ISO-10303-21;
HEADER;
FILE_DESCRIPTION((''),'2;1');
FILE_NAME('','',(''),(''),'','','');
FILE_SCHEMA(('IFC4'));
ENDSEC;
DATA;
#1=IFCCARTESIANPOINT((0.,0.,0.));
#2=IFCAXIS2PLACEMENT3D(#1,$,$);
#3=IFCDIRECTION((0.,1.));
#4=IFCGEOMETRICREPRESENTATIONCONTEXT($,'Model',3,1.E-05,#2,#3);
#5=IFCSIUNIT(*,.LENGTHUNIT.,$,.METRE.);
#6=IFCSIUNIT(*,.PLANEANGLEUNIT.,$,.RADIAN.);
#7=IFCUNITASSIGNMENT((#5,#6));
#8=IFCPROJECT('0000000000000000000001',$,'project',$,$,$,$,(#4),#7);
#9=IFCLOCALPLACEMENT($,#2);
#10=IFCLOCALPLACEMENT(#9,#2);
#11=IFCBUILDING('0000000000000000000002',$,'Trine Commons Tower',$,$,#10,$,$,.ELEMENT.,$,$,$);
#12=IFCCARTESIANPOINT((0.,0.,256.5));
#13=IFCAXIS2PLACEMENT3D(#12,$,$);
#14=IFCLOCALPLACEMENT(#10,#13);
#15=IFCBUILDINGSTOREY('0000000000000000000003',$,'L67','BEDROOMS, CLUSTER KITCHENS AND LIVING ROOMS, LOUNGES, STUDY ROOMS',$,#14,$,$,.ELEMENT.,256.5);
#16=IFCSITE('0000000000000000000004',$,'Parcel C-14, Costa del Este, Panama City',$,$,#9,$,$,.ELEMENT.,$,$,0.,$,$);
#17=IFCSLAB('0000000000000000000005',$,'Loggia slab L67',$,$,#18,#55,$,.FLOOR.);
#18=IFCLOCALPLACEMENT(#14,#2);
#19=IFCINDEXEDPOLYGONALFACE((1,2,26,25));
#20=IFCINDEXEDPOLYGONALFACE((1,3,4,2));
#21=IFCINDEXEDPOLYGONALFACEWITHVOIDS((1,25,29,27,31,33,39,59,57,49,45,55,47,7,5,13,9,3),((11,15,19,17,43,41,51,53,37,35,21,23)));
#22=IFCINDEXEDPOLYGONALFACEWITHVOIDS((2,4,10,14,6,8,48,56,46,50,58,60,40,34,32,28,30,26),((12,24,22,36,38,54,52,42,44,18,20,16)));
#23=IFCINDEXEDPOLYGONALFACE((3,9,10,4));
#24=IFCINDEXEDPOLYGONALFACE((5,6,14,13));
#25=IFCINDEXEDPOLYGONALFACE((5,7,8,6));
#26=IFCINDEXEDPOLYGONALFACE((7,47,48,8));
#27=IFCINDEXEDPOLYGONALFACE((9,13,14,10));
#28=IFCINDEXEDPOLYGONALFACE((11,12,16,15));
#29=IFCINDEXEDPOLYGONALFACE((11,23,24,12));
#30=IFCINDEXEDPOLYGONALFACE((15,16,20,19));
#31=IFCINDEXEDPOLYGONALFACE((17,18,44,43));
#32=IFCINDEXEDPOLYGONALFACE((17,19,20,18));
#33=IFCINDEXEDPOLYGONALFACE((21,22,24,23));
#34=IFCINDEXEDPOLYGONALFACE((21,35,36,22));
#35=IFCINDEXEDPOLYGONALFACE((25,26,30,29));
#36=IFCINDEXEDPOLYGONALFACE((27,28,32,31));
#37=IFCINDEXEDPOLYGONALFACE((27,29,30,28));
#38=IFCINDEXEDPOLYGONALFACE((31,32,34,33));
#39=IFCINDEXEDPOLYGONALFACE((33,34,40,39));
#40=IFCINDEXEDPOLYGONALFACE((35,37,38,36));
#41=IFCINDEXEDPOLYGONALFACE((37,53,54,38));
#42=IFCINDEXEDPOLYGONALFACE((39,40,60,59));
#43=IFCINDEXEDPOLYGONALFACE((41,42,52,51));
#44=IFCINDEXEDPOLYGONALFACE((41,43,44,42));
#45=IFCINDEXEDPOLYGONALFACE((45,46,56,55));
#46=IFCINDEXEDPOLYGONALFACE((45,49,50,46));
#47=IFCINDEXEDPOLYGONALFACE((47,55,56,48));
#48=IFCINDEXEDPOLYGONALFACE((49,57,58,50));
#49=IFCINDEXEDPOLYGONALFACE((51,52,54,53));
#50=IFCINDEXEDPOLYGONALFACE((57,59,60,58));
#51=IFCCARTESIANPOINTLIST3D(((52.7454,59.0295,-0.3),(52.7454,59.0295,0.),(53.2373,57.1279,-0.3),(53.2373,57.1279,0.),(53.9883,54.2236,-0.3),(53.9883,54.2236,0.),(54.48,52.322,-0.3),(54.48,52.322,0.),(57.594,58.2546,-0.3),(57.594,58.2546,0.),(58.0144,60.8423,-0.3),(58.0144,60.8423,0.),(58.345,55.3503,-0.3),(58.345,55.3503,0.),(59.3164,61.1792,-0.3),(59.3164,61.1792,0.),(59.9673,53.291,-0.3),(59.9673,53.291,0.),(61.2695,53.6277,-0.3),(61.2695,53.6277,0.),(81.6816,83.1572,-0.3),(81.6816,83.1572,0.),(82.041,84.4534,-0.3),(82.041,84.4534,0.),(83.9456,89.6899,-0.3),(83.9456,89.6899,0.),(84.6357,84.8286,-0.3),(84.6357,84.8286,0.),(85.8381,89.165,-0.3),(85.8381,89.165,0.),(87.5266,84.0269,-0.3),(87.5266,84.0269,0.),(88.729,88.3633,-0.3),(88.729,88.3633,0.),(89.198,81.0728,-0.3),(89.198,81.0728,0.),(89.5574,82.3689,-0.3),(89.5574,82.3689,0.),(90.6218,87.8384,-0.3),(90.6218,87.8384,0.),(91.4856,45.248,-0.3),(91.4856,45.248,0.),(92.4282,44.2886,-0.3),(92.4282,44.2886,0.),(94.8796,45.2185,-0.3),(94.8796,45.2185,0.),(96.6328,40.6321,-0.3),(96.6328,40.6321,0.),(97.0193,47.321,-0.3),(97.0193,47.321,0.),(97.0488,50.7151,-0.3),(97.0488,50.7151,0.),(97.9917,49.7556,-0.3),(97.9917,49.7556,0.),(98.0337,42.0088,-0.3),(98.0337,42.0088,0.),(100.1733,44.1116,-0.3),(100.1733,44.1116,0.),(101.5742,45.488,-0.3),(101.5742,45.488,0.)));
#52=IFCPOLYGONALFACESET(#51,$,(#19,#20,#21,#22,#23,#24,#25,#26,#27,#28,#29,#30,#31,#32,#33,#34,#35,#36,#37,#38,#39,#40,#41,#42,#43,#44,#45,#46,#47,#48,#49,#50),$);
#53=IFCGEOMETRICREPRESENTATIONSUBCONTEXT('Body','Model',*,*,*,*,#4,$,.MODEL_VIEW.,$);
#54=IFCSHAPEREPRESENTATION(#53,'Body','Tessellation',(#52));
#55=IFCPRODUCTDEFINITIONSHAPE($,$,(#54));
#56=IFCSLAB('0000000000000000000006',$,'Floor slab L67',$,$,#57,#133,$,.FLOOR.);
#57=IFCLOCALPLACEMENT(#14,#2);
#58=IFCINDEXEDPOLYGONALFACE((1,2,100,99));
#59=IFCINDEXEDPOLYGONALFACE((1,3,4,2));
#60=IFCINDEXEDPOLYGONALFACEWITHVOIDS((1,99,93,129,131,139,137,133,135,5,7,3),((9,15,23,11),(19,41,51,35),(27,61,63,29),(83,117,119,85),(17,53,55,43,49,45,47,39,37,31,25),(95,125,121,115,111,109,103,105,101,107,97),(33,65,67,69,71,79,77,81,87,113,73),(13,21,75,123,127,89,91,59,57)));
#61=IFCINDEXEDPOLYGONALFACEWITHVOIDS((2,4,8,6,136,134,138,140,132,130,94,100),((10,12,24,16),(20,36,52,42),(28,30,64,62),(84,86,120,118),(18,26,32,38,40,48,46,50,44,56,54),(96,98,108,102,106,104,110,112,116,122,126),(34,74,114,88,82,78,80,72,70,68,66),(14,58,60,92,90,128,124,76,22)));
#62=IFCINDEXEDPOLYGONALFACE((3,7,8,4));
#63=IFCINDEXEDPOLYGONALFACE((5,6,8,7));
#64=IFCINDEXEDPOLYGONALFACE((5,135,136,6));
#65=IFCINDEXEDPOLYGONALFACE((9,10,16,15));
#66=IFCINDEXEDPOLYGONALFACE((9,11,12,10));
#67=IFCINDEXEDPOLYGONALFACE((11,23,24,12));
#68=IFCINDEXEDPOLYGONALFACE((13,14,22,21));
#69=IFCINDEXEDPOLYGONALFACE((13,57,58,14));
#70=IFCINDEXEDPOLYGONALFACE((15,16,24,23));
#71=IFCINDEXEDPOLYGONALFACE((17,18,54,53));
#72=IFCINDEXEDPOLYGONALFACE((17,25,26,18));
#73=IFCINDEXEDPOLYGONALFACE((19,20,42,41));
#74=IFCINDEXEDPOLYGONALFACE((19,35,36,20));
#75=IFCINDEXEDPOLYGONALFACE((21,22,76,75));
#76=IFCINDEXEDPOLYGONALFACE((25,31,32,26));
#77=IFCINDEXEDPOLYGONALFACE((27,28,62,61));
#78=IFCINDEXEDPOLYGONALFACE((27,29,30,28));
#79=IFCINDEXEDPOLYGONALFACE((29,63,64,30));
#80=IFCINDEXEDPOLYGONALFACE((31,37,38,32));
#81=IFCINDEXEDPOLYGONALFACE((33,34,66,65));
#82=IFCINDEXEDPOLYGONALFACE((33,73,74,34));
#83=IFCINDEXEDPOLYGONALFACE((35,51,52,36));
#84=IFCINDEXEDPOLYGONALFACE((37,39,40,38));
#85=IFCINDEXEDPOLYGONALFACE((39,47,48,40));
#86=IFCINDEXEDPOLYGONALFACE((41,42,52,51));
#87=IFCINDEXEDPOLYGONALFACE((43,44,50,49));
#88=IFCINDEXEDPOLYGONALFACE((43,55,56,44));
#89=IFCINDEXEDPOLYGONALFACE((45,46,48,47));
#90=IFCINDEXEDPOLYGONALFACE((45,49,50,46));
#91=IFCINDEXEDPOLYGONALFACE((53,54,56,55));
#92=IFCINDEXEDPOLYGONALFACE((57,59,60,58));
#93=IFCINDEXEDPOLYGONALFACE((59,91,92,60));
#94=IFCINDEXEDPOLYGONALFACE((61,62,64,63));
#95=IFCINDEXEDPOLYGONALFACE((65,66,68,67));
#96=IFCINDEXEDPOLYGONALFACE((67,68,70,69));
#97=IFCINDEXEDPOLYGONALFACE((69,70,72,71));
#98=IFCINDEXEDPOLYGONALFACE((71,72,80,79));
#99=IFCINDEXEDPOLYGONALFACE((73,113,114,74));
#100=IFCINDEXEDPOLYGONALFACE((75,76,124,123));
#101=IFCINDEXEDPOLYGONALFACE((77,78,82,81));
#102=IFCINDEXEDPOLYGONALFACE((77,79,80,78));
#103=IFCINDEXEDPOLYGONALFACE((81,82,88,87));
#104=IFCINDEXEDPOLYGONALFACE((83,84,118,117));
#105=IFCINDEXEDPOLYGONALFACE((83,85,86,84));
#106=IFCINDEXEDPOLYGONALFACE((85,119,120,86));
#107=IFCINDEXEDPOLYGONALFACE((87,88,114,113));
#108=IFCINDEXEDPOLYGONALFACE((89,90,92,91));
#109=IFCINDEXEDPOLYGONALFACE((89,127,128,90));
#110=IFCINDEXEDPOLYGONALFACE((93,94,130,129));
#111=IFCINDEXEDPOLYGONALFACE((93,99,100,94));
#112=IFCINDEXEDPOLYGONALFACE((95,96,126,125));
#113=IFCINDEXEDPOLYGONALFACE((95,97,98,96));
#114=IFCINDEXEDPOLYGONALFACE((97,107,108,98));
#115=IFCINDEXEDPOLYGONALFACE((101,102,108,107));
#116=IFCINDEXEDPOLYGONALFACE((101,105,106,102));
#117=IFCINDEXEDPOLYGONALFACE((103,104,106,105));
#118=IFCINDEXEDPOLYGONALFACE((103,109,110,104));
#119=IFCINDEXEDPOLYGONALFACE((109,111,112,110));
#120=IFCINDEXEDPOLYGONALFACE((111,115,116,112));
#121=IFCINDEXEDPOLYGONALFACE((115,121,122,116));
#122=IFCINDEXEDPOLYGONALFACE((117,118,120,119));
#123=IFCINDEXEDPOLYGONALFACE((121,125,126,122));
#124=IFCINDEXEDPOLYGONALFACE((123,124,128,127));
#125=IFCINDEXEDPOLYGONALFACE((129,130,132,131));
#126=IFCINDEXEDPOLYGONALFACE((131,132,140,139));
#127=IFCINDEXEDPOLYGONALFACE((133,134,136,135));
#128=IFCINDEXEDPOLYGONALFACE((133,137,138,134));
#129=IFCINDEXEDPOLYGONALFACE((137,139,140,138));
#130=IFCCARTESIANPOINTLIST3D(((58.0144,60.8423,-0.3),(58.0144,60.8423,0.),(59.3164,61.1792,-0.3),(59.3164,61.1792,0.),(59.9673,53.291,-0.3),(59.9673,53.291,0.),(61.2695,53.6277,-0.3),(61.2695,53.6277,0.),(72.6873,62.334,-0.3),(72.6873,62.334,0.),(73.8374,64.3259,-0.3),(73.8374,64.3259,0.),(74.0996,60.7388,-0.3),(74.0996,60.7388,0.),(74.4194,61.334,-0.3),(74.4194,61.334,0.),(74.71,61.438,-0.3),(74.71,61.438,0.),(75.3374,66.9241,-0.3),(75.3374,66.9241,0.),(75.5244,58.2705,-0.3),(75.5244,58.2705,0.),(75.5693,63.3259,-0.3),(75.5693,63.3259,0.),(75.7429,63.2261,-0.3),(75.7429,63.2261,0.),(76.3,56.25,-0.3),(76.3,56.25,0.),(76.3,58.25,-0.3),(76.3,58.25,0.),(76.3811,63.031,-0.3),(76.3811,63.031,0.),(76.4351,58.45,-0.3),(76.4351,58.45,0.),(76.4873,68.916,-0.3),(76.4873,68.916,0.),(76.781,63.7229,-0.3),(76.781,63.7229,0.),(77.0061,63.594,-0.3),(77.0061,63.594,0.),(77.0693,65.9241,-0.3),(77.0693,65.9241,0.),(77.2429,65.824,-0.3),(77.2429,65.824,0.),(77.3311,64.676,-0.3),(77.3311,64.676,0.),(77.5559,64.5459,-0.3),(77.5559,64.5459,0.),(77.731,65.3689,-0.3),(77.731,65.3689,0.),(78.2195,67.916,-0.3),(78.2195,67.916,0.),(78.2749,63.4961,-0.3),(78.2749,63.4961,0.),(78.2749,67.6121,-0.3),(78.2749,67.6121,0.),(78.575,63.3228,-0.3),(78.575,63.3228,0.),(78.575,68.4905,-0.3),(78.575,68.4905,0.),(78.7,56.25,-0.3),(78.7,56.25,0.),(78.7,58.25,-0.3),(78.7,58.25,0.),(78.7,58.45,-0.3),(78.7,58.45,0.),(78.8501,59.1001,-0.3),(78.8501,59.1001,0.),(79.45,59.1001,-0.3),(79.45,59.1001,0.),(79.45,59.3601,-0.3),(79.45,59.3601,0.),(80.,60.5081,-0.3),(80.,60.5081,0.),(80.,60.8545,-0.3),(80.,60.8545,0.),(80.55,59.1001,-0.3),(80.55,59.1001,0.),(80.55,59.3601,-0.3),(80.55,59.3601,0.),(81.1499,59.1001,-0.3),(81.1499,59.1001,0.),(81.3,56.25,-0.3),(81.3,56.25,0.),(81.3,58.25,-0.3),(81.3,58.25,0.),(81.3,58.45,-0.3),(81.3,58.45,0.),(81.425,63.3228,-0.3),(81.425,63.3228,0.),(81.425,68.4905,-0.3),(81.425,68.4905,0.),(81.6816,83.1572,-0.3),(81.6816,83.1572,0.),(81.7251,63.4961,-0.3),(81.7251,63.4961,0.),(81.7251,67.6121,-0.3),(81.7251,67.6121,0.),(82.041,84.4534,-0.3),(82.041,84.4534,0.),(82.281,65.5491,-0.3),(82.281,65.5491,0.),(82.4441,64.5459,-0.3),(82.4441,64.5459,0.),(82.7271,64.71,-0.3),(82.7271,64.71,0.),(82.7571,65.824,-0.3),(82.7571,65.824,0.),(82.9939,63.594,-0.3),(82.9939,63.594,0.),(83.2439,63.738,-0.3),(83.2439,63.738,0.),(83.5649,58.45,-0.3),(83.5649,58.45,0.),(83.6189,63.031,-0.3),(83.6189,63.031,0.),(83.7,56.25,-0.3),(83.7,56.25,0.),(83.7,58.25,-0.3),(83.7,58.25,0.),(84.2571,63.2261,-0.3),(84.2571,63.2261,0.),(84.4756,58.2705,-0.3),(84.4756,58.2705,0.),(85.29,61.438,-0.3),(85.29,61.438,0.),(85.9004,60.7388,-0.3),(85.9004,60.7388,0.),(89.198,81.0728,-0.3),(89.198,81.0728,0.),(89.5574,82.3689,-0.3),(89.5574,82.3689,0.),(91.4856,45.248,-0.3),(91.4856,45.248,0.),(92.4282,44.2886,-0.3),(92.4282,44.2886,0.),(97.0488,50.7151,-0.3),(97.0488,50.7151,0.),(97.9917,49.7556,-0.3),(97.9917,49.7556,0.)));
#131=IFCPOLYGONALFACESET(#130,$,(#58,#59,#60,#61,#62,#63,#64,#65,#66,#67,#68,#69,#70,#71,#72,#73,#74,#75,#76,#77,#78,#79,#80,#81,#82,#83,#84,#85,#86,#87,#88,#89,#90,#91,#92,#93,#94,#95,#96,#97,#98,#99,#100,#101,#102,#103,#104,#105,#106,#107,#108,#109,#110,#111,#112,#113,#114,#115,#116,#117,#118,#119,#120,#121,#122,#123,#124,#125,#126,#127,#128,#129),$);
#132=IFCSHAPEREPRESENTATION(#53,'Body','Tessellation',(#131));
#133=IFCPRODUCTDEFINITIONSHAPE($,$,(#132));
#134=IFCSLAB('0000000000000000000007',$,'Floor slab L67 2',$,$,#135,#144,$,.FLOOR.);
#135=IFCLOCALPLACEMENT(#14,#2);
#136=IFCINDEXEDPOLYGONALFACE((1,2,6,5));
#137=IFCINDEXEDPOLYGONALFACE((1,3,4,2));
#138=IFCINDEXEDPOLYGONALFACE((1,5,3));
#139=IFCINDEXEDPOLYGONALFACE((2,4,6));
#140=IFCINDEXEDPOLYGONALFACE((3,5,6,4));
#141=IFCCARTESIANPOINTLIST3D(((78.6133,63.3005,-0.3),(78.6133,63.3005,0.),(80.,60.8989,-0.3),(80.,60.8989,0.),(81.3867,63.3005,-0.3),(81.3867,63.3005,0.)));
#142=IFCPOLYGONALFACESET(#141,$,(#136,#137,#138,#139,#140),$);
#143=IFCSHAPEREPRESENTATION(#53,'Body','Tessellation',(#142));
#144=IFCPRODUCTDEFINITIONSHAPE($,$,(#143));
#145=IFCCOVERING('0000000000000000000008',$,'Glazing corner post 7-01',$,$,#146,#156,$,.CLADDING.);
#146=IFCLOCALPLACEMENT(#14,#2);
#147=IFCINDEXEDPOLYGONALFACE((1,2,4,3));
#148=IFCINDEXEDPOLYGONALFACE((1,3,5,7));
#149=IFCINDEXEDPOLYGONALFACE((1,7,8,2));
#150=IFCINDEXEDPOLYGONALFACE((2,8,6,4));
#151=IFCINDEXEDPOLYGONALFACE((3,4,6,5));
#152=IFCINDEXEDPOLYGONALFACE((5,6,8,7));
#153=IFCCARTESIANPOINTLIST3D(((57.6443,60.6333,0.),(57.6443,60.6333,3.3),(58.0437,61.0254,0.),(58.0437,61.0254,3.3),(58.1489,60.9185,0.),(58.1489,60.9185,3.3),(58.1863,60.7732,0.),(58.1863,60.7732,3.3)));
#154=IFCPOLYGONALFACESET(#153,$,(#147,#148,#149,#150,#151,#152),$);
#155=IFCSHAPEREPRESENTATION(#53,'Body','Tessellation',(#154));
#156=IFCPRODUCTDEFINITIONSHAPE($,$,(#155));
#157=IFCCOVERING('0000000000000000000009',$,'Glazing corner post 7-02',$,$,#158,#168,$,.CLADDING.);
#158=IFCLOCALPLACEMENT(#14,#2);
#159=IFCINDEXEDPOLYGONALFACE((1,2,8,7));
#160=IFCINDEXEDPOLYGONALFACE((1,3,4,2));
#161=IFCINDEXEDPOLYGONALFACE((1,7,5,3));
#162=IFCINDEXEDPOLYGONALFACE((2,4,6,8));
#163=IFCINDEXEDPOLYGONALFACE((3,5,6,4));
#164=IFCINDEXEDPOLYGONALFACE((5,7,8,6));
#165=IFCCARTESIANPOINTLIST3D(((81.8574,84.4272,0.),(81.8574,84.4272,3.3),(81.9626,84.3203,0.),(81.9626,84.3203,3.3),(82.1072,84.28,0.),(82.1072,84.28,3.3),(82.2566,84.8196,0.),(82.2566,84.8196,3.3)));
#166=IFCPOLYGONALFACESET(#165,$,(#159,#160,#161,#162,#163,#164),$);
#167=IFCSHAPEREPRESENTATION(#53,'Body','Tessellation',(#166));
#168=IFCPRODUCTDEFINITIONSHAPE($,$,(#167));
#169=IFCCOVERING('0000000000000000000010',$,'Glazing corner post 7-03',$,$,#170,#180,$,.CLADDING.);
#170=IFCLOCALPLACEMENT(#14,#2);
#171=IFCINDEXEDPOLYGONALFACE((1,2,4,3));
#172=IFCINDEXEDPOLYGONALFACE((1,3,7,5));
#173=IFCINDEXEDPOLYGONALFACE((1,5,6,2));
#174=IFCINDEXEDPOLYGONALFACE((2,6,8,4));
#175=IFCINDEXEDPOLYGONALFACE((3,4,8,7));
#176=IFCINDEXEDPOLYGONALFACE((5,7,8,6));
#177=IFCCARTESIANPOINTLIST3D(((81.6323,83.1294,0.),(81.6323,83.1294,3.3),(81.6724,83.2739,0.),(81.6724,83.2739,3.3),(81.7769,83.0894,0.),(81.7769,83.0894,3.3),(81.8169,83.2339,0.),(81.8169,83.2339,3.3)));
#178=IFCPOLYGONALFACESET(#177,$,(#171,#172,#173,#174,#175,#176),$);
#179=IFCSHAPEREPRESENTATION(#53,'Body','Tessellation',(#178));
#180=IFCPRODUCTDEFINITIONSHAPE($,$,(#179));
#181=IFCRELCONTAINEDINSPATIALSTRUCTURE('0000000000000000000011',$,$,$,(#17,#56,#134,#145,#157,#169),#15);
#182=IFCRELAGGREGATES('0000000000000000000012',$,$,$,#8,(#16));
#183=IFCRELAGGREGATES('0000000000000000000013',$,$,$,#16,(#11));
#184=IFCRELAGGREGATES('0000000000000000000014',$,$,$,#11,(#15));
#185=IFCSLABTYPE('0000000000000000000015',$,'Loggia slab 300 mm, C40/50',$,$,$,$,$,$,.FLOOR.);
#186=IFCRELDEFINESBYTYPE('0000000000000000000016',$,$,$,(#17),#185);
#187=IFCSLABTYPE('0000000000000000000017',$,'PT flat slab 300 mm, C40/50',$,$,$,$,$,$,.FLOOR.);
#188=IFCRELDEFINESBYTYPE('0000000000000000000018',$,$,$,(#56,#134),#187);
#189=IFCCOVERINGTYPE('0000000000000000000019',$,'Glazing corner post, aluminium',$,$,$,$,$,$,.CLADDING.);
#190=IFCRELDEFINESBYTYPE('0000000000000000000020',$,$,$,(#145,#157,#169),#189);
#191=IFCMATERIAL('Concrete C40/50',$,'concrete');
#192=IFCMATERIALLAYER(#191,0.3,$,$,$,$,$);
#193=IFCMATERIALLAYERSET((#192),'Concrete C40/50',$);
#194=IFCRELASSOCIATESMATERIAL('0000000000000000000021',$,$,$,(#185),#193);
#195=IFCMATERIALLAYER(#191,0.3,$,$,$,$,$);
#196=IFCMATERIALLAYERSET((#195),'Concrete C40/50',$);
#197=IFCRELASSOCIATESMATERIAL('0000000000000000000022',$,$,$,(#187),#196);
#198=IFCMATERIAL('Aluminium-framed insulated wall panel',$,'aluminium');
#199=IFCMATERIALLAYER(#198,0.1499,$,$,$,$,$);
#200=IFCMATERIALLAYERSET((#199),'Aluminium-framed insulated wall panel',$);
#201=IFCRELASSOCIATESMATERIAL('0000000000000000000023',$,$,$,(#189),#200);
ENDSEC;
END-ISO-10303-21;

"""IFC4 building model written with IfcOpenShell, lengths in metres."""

from ifc_helpers import new_model, si_unit, direction, frame, origin, place, context, subcontext, project, spatial, polyline, outline, extrude, material, layer, layer_set, type_object, element, save


model = new_model("IFC4")

# Units and contexts
model_context = context("Model", 3, precision=1e-05, world=origin(), true_north=direction((0.0, 1.0)))
body_context = subcontext(model_context, "Body", "Model", "MODEL_VIEW")
ifc_project = project(units=[si_unit("LENGTHUNIT", "METRE"), si_unit("PLANEANGLEUNIT", "RADIAN")], contexts=[model_context])

# Site, building, storey
site_placement = place(None, origin())
site = spatial("IfcSite", under=ifc_project, at=site_placement, Name="Parcel C-14, Costa del Este, Panama City", CompositionType="ELEMENT", RefElevation=0.0)
building_placement = place(site_placement, origin())
building = spatial("IfcBuilding", under=site, at=building_placement, Name="Trine Commons Tower", CompositionType="ELEMENT")
storey_placement = place(building_placement, frame((0.0, 0.0, 256.5)))
storey = spatial("IfcBuildingStorey", under=building, at=storey_placement, Name="L67", Description="BEDROOMS, CLUSTER KITCHENS AND LIVING ROOMS, LOUNGES, STUDY ROOMS", CompositionType="ELEMENT", Elevation=256.5)

# Slabs
ifc_material_1 = material(Name="Concrete C40/50", Category="concrete")
ifc_layer_1 = layer(ifc_material_1, 0.3)
ifc_layer_set_1 = layer_set([ifc_layer_1], Name="Concrete C40/50")
slab_type_1 = type_object("IfcSlabType", Name="Loggia slab 300 mm, C40/50", PredefinedType="FLOOR", material=ifc_layer_set_1)
slab_1_placement = place(storey_placement, frame((0.0, 0.0, -0.3)))
element("IfcSlab", 1, at=slab_1_placement, inside=storey, type_object=slab_type_1, Name="Loggia slab L67", PredefinedType="FLOOR", context=body_context, shape_type="SweptSolid", body=[
    extrude(outline(polyline([(101.5742, 45.488), (90.6218, 87.8384), (88.729, 88.3633), (87.5266, 84.0269), (84.6357, 84.8286), (85.8381, 89.165), (83.9456, 89.6899), (52.7454, 59.0295), (53.2373, 57.1279), (57.594, 58.2546), (58.345, 55.3503), (53.9883, 54.2236), (54.48, 52.322), (96.6328, 40.6321), (98.0337, 42.0088), (94.8796, 45.2185), (97.0193, 47.321), (100.1733, 44.1116), (101.5742, 45.488)]), holes=[polyline([(59.3164, 61.1792), (61.2695, 53.6277), (59.9673, 53.291), (92.4282, 44.2886), (91.4856, 45.248), (97.0488, 50.7151), (97.9917, 49.7556), (89.5574, 82.3689), (89.198, 81.0728), (81.6816, 83.1572), (82.041, 84.4534), (58.0144, 60.8423), (59.3164, 61.1792)])]), origin(), (0.0, 0.0, 1.0), 0.3),
])
ifc_layer_2 = layer(ifc_material_1, 0.3)
ifc_layer_set_2 = layer_set([ifc_layer_2], Name="Concrete C40/50")
slab_type_2 = type_object("IfcSlabType", Name="PT flat slab 300 mm, C40/50", PredefinedType="FLOOR", material=ifc_layer_set_2)
slab_2_placement = place(storey_placement, frame((0.0, 0.0, -0.3)))
element("IfcSlab", 2, at=slab_2_placement, inside=storey, type_object=slab_type_2, Name="Floor slab L67", PredefinedType="FLOOR", context=body_context, shape_type="SweptSolid", body=[
    extrude(outline(polyline([(58.0144, 60.8423), (59.3164, 61.1792), (61.2695, 53.6277), (59.9673, 53.291), (92.4282, 44.2886), (91.4856, 45.248), (97.0488, 50.7151), (97.9917, 49.7556), (89.5574, 82.3689), (89.198, 81.0728), (81.6816, 83.1572), (82.041, 84.4534), (58.0144, 60.8423)]), holes=[polyline([(78.7, 56.25), (78.7, 58.25), (76.3, 58.25), (76.3, 56.25), (78.7, 56.25)]), polyline([(83.7, 56.25), (83.7, 58.25), (81.3, 58.25), (81.3, 56.25), (83.7, 56.25)]), polyline([(81.3, 58.45), (83.5649, 58.45), (80.0, 60.5081), (76.4351, 58.45), (78.7, 58.45), (78.8501, 59.1001), (79.45, 59.1001), (79.45, 59.3601), (80.55, 59.3601), (80.55, 59.1001), (81.1499, 59.1001), (81.3, 58.45)]), polyline([(81.425, 63.3228), (81.425, 68.4905), (78.575, 68.4905), (78.575, 63.3228), (74.0996, 60.7388), (75.5244, 58.2705), (80.0, 60.8545), (84.4756, 58.2705), (85.9004, 60.7388), (81.425, 63.3228)]), polyline([(72.6873, 62.334), (74.4194, 61.334), (75.5693, 63.3259), (73.8374, 64.3259), (72.6873, 62.334)]), polyline([(76.3811, 63.031), (75.7429, 63.2261), (74.71, 61.438), (78.2749, 63.4961), (78.2749, 67.6121), (77.2429, 65.824), (77.731, 65.3689), (77.3311, 64.676), (77.5559, 64.5459), (77.0061, 63.594), (76.781, 63.7229), (76.3811, 63.031)]), polyline([(82.9939, 63.594), (82.4441, 64.5459), (82.7271, 64.71), (82.281, 65.5491), (82.7571, 65.824), (81.7251, 67.6121), (81.7251, 63.4961), (85.29, 61.438), (84.2571, 63.2261), (83.6189, 63.031), (83.2439, 63.738), (82.9939, 63.594)]), polyline([(76.4873, 68.916), (75.3374, 66.9241), (77.0693, 65.9241), (78.2195, 67.916), (76.4873, 68.916)])]), origin(), (0.0, 0.0, 1.0), 0.3),
])
slab_3_placement = place(storey_placement, frame((0.0, 0.0, -0.3)))
element("IfcSlab", 3, at=slab_3_placement, inside=storey, type_object=slab_type_2, Name="Floor slab L67 2", PredefinedType="FLOOR", context=body_context, shape_type="SweptSolid", body=[
    extrude(outline(polyline([(81.3867, 63.3005), (78.6133, 63.3005), (80.0, 60.8989), (81.3867, 63.3005)])), origin(), (0.0, 0.0, 1.0), 0.3),
])

# Coverings
ifc_material_2 = material(Name="Aluminium-framed insulated wall panel", Category="aluminium")
ifc_layer_3 = layer(ifc_material_2, 0.1499)
ifc_layer_set_3 = layer_set([ifc_layer_3], Name="Aluminium-framed insulated wall panel")
covering_type_1 = type_object("IfcCoveringType", Name="Glazing corner post, aluminium", PredefinedType="CLADDING", material=ifc_layer_set_3)
covering_1_placement = place(storey_placement, origin())
element("IfcCovering", 4, at=covering_1_placement, inside=storey, type_object=covering_type_1, Name="Glazing corner post 7-01", PredefinedType="CLADDING", context=body_context, shape_type="SweptSolid", body=[
    extrude(outline(polyline([(58.1863, 60.7732), (58.1489, 60.9185), (58.0437, 61.0254), (57.6443, 60.6333), (58.1863, 60.7732)])), origin(), (0.0, 0.0, 1.0), 3.3),
])
covering_2_placement = place(storey_placement, origin())
element("IfcCovering", 5, at=covering_2_placement, inside=storey, type_object=covering_type_1, Name="Glazing corner post 7-02", PredefinedType="CLADDING", context=body_context, shape_type="SweptSolid", body=[
    extrude(outline(polyline([(82.1072, 84.28), (82.2566, 84.8196), (81.8574, 84.4272), (81.9626, 84.3203), (82.1072, 84.28)])), origin(), (0.0, 0.0, 1.0), 3.3),
])
covering_3_placement = place(storey_placement, origin())
element("IfcCovering", 6, at=covering_3_placement, inside=storey, type_object=covering_type_1, Name="Glazing corner post 7-03", PredefinedType="CLADDING", context=body_context, shape_type="SweptSolid", body=[
    extrude(outline(polyline([(81.7769, 83.0894), (81.8169, 83.2339), (81.6724, 83.2739), (81.6323, 83.1294), (81.7769, 83.0894)])), origin(), (0.0, 0.0, 1.0), 3.3),
])

save(model, "model.ifc")
